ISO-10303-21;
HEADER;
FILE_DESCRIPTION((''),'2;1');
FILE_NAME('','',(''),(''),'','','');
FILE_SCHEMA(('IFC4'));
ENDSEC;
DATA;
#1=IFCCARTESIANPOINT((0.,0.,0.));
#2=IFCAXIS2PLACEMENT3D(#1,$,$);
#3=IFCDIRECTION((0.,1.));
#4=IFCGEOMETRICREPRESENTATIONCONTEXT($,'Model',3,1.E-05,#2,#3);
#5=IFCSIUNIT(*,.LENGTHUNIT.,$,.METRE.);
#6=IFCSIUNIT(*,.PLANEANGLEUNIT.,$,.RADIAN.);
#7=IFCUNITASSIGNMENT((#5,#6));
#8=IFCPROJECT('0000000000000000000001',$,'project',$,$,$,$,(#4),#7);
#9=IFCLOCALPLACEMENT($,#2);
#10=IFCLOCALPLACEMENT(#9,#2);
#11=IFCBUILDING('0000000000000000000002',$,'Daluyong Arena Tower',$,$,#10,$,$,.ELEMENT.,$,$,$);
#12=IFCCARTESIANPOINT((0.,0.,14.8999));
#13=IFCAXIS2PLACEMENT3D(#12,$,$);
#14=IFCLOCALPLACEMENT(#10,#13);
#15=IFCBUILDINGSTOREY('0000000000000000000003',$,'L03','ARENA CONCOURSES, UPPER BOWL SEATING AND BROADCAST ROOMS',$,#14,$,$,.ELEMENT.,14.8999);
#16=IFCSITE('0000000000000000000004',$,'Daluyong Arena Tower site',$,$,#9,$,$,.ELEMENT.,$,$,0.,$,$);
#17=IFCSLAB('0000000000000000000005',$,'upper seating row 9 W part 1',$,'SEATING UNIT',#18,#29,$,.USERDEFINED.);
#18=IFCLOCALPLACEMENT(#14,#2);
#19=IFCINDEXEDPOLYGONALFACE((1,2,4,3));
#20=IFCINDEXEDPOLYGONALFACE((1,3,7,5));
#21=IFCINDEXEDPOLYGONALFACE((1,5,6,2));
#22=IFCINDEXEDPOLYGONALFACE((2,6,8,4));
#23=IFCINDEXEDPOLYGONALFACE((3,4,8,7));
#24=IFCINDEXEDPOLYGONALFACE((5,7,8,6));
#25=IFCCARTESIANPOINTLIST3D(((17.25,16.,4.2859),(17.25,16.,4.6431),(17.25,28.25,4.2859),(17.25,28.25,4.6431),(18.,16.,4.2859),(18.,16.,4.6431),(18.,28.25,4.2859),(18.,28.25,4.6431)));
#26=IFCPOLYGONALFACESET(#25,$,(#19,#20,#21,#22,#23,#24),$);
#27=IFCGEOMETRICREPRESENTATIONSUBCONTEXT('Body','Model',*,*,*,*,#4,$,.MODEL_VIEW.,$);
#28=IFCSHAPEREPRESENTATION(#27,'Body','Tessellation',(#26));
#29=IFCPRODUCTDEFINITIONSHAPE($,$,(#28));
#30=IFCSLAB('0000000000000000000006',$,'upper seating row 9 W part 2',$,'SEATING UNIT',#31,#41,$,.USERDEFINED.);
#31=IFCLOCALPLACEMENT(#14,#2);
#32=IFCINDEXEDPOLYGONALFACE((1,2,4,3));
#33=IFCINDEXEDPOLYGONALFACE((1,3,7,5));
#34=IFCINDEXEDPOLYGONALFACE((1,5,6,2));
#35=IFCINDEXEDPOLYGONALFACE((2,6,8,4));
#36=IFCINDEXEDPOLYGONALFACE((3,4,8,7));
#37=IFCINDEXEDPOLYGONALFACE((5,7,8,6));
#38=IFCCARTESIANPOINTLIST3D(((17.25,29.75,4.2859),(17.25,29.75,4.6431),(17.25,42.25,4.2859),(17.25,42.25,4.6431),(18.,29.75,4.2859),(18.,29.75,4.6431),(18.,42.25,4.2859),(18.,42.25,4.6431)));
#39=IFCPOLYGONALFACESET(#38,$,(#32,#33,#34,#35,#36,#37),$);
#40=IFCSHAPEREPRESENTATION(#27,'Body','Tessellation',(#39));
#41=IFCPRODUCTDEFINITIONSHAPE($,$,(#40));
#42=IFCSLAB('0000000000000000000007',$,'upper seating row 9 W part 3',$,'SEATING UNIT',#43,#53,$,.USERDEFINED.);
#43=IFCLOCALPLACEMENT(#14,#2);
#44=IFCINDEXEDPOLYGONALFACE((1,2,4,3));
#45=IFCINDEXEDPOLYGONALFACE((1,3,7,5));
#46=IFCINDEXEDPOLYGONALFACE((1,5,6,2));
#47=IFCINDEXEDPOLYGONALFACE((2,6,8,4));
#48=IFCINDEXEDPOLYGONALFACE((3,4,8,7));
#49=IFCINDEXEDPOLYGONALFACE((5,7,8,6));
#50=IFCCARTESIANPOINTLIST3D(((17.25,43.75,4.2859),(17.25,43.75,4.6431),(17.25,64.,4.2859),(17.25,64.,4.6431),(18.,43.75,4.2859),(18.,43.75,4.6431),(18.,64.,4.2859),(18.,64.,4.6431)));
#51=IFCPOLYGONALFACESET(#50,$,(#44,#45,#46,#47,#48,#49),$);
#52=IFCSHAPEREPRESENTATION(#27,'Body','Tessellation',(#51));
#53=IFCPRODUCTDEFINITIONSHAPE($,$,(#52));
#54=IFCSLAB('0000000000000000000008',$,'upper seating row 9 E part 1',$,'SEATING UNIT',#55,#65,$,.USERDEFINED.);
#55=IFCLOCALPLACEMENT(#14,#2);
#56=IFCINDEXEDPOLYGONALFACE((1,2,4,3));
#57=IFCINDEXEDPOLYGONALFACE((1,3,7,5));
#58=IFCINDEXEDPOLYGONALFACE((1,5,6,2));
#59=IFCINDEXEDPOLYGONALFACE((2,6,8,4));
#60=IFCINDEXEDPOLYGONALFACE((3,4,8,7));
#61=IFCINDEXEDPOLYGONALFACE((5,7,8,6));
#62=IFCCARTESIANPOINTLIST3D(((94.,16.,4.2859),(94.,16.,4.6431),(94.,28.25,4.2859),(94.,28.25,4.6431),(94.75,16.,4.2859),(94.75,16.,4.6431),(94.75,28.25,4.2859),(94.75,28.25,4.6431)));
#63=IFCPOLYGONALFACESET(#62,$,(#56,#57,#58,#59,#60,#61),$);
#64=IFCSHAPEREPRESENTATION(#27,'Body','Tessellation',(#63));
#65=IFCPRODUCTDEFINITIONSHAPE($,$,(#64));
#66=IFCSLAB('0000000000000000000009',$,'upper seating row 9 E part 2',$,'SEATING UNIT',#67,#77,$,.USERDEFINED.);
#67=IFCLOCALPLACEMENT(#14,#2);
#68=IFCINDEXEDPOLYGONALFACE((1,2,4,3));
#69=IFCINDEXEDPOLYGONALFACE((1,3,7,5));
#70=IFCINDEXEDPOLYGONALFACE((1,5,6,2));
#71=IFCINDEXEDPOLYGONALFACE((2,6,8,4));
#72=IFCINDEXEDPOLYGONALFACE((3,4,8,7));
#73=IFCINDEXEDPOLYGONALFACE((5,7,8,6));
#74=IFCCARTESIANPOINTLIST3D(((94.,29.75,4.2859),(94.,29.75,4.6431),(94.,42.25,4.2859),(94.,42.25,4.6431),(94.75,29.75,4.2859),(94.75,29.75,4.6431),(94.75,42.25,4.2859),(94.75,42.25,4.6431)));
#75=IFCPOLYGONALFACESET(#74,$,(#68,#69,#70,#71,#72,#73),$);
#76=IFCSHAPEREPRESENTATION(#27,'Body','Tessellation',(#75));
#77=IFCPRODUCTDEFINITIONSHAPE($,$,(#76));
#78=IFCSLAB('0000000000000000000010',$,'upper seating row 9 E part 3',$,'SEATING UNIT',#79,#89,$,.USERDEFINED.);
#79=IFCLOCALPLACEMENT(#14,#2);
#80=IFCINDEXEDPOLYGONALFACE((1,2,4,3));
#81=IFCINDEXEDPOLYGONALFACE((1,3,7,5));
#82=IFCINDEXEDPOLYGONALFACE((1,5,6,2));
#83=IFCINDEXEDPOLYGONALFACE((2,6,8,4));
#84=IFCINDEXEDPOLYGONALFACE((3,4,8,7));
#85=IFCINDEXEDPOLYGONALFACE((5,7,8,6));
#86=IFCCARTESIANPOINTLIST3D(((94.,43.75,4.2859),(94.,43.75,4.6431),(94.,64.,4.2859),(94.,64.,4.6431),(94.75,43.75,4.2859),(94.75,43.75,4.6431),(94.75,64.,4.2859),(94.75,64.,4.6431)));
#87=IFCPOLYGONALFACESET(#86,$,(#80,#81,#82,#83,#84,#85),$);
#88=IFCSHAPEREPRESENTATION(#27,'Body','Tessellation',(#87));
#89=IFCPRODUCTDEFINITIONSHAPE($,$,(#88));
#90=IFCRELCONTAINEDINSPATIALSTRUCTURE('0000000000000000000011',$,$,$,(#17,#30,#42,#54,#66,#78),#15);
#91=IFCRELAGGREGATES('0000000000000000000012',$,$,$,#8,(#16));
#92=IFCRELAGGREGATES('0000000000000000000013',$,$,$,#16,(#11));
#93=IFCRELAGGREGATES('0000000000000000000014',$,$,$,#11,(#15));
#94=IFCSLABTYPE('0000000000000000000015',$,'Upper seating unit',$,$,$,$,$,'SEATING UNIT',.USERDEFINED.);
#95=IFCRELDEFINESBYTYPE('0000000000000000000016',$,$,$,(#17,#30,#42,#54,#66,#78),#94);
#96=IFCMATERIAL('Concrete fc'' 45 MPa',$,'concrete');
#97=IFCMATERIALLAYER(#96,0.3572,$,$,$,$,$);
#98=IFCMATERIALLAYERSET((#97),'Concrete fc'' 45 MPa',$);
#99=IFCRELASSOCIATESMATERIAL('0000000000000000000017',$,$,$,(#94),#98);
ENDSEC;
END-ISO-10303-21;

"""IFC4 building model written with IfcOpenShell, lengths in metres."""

from ifc_helpers import new_model, si_unit, direction, frame, origin, place, context, subcontext, project, spatial, polyline, outline, extrude, material, layer, layer_set, type_object, element, save


model = new_model("IFC4")

# Units and contexts
model_context = context("Model", 3, precision=1e-05, world=origin(), true_north=direction((0.0, 1.0)))
body_context = subcontext(model_context, "Body", "Model", "MODEL_VIEW")
ifc_project = project(units=[si_unit("LENGTHUNIT", "METRE"), si_unit("PLANEANGLEUNIT", "RADIAN")], contexts=[model_context])

# Site, building, storey
site_placement = place(None, origin())
site = spatial("IfcSite", under=ifc_project, at=site_placement, Name="Daluyong Arena Tower site", CompositionType="ELEMENT", RefElevation=0.0)
building_placement = place(site_placement, origin())
building = spatial("IfcBuilding", under=site, at=building_placement, Name="Daluyong Arena Tower", CompositionType="ELEMENT")
storey_placement = place(building_placement, frame((0.0, 0.0, 14.8999)))
storey = spatial("IfcBuildingStorey", under=building, at=storey_placement, Name="L03", Description="ARENA CONCOURSES, UPPER BOWL SEATING AND BROADCAST ROOMS", CompositionType="ELEMENT", Elevation=14.8999)

# Slabs
ifc_material = material(Name="Concrete fc' 45 MPa", Category="concrete")
ifc_layer = layer(ifc_material, 0.3572)
ifc_layer_set = layer_set([ifc_layer], Name="Concrete fc' 45 MPa")
slab_type = type_object("IfcSlabType", Name="Upper seating unit", ElementType="SEATING UNIT", PredefinedType="USERDEFINED", material=ifc_layer_set)
slab_1_placement = place(storey_placement, frame((0.0, 0.0, 4.2859)))
element("IfcSlab", 1, at=slab_1_placement, inside=storey, type_object=slab_type, Name="upper seating row 9 W part 1", ObjectType="SEATING UNIT", PredefinedType="USERDEFINED", context=body_context, shape_type="SweptSolid", body=[
    extrude(outline(polyline([(18.0, 16.0), (18.0, 28.25), (17.25, 28.25), (17.25, 16.0), (18.0, 16.0)])), origin(), (0.0, 0.0, 1.0), 0.3572),
])
slab_2_placement = place(storey_placement, frame((0.0, 0.0, 4.2859)))
element("IfcSlab", 2, at=slab_2_placement, inside=storey, type_object=slab_type, Name="upper seating row 9 W part 2", ObjectType="SEATING UNIT", PredefinedType="USERDEFINED", context=body_context, shape_type="SweptSolid", body=[
    extrude(outline(polyline([(18.0, 29.75), (18.0, 42.25), (17.25, 42.25), (17.25, 29.75), (18.0, 29.75)])), origin(), (0.0, 0.0, 1.0), 0.3572),
])
slab_3_placement = place(storey_placement, frame((0.0, 0.0, 4.2859)))
element("IfcSlab", 3, at=slab_3_placement, inside=storey, type_object=slab_type, Name="upper seating row 9 W part 3", ObjectType="SEATING UNIT", PredefinedType="USERDEFINED", context=body_context, shape_type="SweptSolid", body=[
    extrude(outline(polyline([(17.25, 64.0), (17.25, 43.75), (18.0, 43.75), (18.0, 64.0), (17.25, 64.0)])), origin(), (0.0, 0.0, 1.0), 0.3572),
])
slab_4_placement = place(storey_placement, frame((0.0, 0.0, 4.2859)))
element("IfcSlab", 4, at=slab_4_placement, inside=storey, type_object=slab_type, Name="upper seating row 9 E part 1", ObjectType="SEATING UNIT", PredefinedType="USERDEFINED", context=body_context, shape_type="SweptSolid", body=[
    extrude(outline(polyline([(94.75, 16.0), (94.75, 28.25), (94.0, 28.25), (94.0, 16.0), (94.75, 16.0)])), origin(), (0.0, 0.0, 1.0), 0.3572),
])
slab_5_placement = place(storey_placement, frame((0.0, 0.0, 4.2859)))
element("IfcSlab", 5, at=slab_5_placement, inside=storey, type_object=slab_type, Name="upper seating row 9 E part 2", ObjectType="SEATING UNIT", PredefinedType="USERDEFINED", context=body_context, shape_type="SweptSolid", body=[
    extrude(outline(polyline([(94.75, 29.75), (94.75, 42.25), (94.0, 42.25), (94.0, 29.75), (94.75, 29.75)])), origin(), (0.0, 0.0, 1.0), 0.3572),
])
slab_6_placement = place(storey_placement, frame((0.0, 0.0, 4.2859)))
element("IfcSlab", 6, at=slab_6_placement, inside=storey, type_object=slab_type, Name="upper seating row 9 E part 3", ObjectType="SEATING UNIT", PredefinedType="USERDEFINED", context=body_context, shape_type="SweptSolid", body=[
    extrude(outline(polyline([(94.0, 64.0), (94.0, 43.75), (94.75, 43.75), (94.75, 64.0), (94.0, 64.0)])), origin(), (0.0, 0.0, 1.0), 0.3572),
])

save(model, "model.ifc")
